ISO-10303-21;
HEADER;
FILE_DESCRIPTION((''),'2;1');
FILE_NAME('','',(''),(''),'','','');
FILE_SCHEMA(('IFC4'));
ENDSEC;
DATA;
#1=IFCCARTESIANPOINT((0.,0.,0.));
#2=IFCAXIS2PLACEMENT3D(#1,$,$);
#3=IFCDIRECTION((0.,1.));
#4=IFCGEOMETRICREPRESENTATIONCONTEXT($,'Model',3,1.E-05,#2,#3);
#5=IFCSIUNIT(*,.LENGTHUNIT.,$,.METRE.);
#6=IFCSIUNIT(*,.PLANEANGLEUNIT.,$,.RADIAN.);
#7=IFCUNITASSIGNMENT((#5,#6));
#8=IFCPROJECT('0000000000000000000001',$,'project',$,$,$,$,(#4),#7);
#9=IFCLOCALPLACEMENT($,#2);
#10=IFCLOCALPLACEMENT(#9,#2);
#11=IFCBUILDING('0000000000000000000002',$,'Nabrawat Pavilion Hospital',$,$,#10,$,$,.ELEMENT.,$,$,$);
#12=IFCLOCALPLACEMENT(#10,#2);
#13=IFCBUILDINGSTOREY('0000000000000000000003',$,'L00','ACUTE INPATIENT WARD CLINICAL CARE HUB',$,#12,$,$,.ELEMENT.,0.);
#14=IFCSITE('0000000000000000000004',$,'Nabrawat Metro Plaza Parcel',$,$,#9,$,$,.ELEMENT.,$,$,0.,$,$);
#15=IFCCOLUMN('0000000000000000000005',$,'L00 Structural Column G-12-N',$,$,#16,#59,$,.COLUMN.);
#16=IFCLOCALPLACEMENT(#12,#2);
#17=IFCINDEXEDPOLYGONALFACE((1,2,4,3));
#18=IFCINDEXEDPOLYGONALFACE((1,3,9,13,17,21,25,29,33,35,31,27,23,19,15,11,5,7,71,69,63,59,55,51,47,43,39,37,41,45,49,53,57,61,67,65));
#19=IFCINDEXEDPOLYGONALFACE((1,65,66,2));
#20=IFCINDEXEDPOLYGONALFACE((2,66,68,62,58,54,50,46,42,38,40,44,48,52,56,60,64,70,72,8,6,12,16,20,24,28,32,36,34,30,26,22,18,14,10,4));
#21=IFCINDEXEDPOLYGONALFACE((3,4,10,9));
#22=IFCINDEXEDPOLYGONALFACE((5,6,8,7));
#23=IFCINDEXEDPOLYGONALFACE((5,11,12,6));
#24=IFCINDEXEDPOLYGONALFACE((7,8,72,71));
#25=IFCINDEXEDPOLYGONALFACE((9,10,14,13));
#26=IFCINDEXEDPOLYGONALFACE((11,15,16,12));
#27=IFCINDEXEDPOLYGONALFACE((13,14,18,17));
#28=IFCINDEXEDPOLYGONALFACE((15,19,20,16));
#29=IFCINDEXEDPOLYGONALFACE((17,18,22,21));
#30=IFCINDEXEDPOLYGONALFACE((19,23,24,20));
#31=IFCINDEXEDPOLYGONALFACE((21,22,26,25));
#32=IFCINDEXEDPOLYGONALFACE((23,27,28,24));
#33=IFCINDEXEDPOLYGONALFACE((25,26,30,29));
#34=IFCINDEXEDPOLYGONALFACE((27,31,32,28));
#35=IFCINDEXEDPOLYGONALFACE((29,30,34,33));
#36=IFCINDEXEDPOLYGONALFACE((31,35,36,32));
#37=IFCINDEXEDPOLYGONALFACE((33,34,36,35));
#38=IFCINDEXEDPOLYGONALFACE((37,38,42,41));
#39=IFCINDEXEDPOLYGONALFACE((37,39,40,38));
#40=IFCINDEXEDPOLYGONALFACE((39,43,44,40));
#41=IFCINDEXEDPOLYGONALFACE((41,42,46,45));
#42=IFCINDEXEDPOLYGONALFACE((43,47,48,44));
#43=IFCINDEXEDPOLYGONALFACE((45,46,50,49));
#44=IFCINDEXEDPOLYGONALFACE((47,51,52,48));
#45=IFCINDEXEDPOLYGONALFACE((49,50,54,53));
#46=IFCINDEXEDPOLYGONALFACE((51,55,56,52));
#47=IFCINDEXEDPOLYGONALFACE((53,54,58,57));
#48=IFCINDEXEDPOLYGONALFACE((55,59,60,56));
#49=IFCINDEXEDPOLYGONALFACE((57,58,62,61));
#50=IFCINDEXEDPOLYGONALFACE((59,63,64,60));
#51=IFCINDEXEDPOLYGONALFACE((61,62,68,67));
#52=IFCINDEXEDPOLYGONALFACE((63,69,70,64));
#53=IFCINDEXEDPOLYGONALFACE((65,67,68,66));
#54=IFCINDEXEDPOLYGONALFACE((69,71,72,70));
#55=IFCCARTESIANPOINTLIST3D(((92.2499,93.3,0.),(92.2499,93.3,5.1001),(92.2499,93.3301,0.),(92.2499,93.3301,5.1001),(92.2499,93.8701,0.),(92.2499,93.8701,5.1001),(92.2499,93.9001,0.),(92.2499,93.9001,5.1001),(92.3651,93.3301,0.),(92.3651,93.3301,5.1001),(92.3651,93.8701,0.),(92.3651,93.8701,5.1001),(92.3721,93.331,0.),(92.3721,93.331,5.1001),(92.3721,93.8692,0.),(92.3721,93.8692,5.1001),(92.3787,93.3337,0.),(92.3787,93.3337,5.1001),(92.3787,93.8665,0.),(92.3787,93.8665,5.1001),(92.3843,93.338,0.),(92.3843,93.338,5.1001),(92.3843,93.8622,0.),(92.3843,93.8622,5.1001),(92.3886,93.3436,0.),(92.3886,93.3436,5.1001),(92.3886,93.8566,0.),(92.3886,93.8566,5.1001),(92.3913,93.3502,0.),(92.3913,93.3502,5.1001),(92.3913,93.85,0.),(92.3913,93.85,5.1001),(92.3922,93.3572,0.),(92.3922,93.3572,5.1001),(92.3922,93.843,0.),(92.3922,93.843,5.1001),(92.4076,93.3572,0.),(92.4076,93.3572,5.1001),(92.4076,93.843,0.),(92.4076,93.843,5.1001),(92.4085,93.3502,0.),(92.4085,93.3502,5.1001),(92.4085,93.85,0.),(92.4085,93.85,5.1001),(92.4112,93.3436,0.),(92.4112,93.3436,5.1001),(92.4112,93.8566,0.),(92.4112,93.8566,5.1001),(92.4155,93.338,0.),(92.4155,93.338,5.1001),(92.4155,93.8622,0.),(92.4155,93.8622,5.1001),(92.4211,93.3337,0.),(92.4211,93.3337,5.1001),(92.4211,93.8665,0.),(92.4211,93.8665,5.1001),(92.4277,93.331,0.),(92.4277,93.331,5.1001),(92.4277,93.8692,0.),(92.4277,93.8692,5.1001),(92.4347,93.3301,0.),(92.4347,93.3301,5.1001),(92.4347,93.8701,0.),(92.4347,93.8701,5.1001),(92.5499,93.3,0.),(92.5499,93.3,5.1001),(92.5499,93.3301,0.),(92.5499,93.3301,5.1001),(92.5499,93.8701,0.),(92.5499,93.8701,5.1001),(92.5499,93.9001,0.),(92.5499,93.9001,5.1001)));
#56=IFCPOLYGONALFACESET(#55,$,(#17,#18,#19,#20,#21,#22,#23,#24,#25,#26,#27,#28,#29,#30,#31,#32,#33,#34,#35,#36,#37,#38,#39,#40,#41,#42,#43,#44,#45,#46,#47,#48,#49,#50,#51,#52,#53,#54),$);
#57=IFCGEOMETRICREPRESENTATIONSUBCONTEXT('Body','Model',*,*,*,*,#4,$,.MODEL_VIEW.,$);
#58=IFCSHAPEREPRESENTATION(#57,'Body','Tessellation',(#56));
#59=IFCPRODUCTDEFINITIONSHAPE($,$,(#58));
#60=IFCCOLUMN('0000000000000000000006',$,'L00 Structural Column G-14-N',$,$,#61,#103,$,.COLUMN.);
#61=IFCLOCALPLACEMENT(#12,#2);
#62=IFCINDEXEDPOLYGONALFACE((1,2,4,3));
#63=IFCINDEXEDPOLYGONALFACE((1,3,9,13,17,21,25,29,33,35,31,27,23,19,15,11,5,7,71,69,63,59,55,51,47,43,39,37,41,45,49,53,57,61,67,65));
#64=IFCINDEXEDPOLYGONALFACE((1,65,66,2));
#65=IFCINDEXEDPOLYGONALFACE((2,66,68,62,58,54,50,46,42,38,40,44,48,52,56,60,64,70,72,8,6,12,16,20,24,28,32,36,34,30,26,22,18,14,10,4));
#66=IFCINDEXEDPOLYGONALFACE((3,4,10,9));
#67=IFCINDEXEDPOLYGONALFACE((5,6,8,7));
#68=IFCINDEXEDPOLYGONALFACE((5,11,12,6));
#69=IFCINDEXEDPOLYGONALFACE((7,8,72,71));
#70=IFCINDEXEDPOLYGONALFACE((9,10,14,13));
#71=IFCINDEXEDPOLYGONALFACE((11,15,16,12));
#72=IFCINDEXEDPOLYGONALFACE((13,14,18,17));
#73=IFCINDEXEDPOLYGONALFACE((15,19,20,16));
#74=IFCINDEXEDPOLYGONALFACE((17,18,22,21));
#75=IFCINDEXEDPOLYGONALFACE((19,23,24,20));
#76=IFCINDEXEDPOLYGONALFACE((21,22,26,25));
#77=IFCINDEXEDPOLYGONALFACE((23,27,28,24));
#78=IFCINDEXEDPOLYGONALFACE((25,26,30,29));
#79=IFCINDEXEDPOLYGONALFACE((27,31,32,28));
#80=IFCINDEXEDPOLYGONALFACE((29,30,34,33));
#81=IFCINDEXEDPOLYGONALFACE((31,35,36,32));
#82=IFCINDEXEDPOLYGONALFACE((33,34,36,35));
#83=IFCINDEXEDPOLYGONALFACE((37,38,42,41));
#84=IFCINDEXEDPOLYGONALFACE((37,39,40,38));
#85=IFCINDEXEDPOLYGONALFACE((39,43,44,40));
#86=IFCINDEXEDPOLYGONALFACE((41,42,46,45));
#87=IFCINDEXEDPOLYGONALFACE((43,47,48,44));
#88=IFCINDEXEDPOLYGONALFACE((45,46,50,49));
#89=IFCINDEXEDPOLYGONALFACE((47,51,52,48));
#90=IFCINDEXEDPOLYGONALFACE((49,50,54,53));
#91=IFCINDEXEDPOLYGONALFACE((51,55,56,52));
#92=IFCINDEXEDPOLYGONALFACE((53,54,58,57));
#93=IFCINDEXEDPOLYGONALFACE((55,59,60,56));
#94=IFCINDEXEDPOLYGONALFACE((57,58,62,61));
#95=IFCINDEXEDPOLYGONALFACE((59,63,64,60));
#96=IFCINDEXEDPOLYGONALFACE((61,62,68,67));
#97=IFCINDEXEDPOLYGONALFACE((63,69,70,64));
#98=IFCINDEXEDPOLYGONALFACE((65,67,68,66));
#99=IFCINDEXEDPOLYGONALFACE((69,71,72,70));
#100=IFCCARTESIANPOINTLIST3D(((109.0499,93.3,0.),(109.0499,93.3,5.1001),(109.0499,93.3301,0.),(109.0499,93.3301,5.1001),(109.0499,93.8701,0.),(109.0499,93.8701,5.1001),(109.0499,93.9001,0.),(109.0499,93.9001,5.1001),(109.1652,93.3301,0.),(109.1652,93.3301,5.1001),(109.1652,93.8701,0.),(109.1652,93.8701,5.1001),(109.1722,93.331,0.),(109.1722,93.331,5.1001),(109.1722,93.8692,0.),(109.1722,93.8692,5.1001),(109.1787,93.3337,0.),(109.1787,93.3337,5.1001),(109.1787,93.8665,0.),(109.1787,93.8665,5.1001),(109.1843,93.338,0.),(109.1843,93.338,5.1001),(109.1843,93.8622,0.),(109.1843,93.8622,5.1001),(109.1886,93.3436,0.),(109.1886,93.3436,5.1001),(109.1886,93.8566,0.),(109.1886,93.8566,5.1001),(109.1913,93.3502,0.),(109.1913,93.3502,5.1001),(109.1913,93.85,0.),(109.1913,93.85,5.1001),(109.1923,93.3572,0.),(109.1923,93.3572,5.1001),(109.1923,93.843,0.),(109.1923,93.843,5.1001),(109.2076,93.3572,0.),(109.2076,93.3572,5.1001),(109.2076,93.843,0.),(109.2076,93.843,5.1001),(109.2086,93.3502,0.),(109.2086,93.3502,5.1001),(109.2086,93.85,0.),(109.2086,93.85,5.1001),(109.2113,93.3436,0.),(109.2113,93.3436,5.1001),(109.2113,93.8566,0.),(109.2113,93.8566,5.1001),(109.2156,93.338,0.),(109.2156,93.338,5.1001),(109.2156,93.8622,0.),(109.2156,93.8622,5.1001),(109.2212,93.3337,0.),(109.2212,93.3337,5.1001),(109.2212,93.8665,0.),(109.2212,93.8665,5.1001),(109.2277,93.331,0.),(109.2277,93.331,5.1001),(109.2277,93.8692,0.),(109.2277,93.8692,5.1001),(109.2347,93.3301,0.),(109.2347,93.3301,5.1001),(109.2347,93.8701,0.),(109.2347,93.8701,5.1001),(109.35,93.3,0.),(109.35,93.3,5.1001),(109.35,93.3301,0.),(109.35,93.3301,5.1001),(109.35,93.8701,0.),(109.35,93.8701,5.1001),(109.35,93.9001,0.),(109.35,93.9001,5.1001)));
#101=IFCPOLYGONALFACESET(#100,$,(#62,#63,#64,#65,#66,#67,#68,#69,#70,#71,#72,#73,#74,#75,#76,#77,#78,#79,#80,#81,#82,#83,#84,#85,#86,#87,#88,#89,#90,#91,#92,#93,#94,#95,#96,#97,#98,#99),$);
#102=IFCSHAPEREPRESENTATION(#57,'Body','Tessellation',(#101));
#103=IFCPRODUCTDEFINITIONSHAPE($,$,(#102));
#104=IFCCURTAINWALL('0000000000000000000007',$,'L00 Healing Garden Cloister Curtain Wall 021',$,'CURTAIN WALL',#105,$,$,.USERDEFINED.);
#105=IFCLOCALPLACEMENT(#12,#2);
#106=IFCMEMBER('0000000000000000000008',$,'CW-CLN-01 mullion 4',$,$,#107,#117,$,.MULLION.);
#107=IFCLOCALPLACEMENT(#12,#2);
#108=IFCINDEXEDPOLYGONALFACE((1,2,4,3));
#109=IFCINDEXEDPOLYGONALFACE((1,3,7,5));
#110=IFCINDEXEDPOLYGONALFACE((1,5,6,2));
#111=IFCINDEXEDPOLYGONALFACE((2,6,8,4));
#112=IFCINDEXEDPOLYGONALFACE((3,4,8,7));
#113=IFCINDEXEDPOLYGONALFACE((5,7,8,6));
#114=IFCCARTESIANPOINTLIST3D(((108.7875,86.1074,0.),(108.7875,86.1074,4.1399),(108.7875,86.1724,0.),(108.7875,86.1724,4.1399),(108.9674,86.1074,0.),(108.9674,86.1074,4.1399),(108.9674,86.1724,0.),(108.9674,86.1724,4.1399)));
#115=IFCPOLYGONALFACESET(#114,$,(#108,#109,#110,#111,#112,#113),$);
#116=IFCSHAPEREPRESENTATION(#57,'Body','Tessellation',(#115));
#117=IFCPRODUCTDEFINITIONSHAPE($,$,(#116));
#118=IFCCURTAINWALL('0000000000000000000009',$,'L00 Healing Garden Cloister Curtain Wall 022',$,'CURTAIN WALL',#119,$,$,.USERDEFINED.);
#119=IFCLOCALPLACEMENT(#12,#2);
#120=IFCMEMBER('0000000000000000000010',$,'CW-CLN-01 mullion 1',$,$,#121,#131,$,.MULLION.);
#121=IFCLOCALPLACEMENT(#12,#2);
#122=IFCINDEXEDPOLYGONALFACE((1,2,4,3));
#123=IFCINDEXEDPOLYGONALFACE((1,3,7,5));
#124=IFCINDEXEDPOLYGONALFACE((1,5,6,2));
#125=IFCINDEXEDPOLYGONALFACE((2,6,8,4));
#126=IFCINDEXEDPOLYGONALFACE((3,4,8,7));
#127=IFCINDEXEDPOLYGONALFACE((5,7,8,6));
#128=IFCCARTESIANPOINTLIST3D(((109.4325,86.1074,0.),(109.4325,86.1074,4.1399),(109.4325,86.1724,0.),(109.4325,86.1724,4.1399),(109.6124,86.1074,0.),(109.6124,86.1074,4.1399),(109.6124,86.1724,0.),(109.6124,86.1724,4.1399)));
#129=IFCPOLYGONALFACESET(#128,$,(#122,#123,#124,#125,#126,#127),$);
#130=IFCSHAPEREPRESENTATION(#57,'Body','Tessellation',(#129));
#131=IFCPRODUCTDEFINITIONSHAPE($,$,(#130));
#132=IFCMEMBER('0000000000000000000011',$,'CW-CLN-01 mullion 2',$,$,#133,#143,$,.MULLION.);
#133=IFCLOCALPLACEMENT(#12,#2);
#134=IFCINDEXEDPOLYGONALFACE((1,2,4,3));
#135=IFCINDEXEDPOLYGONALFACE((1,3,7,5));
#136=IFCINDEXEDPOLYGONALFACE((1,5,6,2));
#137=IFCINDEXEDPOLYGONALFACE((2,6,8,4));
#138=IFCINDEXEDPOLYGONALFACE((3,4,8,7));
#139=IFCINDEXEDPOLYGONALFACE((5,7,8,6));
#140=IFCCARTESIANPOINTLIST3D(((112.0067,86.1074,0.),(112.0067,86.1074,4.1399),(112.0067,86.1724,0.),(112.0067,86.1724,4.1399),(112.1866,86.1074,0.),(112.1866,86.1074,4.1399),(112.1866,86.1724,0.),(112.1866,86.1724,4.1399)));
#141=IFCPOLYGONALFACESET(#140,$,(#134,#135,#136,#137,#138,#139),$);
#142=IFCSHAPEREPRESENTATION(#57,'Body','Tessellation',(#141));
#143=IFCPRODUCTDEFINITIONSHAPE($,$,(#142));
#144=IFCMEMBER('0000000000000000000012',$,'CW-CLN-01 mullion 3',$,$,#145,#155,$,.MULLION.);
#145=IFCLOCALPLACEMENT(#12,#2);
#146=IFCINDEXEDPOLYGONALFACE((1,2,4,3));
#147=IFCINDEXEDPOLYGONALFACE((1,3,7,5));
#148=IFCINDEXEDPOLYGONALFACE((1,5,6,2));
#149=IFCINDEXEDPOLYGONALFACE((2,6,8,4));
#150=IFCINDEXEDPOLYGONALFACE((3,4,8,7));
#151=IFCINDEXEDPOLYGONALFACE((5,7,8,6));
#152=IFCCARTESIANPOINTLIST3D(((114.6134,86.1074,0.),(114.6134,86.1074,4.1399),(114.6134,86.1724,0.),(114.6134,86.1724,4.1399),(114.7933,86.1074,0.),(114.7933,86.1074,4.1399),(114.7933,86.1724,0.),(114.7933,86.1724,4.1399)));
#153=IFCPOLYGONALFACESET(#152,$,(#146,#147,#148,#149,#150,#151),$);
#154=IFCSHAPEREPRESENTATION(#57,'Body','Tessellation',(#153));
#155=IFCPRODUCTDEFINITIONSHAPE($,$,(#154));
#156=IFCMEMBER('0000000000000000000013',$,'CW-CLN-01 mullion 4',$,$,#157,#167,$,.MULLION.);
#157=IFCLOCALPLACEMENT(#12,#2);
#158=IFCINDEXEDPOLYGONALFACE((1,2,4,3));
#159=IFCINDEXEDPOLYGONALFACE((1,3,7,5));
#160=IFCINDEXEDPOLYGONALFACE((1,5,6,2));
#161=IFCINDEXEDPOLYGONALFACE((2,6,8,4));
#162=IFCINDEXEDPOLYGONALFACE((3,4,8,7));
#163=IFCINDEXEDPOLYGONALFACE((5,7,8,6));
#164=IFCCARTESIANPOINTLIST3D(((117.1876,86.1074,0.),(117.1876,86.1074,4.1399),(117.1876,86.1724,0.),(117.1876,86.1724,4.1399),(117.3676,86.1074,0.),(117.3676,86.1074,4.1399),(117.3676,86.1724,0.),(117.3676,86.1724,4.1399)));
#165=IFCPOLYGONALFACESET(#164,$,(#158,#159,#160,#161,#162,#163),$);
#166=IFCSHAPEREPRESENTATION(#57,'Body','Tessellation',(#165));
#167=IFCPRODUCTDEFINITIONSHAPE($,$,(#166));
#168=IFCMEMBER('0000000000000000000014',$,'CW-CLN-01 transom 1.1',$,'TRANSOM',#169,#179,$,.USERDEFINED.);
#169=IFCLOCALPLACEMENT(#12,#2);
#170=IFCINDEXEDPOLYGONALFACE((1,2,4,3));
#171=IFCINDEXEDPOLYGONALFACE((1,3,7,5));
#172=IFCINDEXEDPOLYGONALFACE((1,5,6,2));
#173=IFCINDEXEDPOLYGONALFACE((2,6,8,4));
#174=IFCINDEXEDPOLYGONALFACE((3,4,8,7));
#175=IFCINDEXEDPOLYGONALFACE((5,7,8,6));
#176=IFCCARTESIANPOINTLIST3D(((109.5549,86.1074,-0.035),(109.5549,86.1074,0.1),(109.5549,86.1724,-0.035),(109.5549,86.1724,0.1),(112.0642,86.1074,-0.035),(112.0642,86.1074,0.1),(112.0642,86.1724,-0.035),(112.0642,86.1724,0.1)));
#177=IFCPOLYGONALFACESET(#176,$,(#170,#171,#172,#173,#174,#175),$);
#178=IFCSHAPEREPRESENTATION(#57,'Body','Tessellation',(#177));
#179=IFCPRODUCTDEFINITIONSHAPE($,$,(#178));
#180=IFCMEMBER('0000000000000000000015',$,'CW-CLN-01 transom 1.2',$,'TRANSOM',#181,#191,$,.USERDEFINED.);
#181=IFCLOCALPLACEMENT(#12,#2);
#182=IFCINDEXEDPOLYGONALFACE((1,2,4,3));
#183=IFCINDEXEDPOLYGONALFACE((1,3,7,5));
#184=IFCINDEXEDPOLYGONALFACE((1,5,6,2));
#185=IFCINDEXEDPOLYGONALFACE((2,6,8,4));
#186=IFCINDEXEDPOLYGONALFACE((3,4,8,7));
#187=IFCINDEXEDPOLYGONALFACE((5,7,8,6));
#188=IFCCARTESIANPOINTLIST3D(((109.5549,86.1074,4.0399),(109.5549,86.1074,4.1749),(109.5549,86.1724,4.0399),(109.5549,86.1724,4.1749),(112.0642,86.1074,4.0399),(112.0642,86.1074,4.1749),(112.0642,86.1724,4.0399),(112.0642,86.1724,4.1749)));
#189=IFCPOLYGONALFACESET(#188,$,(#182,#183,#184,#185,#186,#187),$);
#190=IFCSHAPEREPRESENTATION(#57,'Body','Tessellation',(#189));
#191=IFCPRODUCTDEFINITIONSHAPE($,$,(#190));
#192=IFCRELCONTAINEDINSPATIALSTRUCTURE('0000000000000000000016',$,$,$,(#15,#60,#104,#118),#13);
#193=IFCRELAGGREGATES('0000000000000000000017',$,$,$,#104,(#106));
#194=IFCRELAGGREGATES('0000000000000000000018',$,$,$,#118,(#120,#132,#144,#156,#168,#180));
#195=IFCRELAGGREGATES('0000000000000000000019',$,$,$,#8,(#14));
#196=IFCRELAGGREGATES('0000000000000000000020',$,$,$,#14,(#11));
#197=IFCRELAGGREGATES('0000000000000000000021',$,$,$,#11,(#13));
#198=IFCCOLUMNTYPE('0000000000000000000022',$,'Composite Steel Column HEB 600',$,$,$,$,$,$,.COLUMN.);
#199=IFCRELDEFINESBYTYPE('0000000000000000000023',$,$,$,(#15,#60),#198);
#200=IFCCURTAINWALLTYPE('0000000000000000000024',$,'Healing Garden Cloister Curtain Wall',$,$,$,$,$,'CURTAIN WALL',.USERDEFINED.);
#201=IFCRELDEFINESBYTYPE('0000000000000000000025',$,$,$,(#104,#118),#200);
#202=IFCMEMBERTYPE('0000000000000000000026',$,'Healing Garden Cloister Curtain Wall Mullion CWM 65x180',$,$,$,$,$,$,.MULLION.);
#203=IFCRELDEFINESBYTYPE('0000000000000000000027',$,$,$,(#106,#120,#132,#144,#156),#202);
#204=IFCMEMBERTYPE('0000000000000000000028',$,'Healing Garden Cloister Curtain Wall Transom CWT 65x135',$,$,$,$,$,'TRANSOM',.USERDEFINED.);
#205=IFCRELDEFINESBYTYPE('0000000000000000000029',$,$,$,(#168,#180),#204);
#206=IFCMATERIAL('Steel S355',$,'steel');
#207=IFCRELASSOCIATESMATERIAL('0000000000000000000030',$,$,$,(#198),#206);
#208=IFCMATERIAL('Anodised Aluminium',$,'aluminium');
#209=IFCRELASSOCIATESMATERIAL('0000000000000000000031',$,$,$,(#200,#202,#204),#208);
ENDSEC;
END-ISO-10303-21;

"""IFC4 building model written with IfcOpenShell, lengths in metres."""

from ifc_helpers import new_model, si_unit, direction, frame, origin, origin_2d, place, context, subcontext, project, spatial, rectangle, i_section, extrude, material, material_profile, profile_set, type_object, element, aggregate, save


model = new_model("IFC4")

# Units and contexts
model_context = context("Model", 3, precision=1e-05, world=origin(), true_north=direction((0.0, 1.0)))
body_context = subcontext(model_context, "Body", "Model", "MODEL_VIEW")
ifc_project = project(units=[si_unit("LENGTHUNIT", "METRE"), si_unit("PLANEANGLEUNIT", "RADIAN")], contexts=[model_context])

# Site, building, storey
site_placement = place(None, origin())
site = spatial("IfcSite", under=ifc_project, at=site_placement, Name="Nabrawat Metro Plaza Parcel", CompositionType="ELEMENT", RefElevation=0.0)
building_placement = place(site_placement, origin())
building = spatial("IfcBuilding", under=site, at=building_placement, Name="Nabrawat Pavilion Hospital", CompositionType="ELEMENT")
storey_placement = place(building_placement, origin())
storey = spatial("IfcBuildingStorey", under=building, at=storey_placement, Name="L00", Description="ACUTE INPATIENT WARD CLINICAL CARE HUB", CompositionType="ELEMENT", Elevation=0.0)

# Columns
ifc_material_1 = material(Name="Steel S355", Category="steel")
ifc_material_profile_1 = material_profile(ifc_material_1, i_section(OverallWidth=0.3, OverallDepth=0.6001, WebThickness=0.0154, FlangeThickness=0.03, FilletRadius=0.0271, at=origin_2d()), Name="HEB 600")
ifc_profile_set_1 = profile_set([ifc_material_profile_1], Name="Steel S355")
column_type = type_object("IfcColumnType", Name="Composite Steel Column HEB 600", PredefinedType="COLUMN", material=ifc_profile_set_1)
for number, where, z_axis, x_axis, name in (
    (1, (92.3999, 93.6001, 0.0), (0.0, 0.0, 1.0), (1.0, 0.0, 0.0), "L00 Structural Column G-12-N"),
    (2, (109.2, 93.6001, 0.0), (0.0, 0.0, 1.0), (1.0, 0.0, 0.0), "L00 Structural Column G-14-N"),
):
    element("IfcColumn", number, at=place(storey_placement, frame(where, z_axis=z_axis, x_axis=x_axis)), inside=storey, type_object=column_type, Name=name, PredefinedType="COLUMN", context=body_context, shape_type="SweptSolid", body=[
        extrude(i_section(OverallWidth=0.3, OverallDepth=0.6001, WebThickness=0.0154, FlangeThickness=0.03, FilletRadius=0.0271, at=origin_2d()), origin(), (0.0, 0.0, 1.0), 5.1001),
    ])

# Curtain wall, member
ifc_material_2 = material(Name="Anodised Aluminium", Category="aluminium")
curtain_wall_type = type_object("IfcCurtainWallType", Name="Healing Garden Cloister Curtain Wall", ElementType="CURTAIN WALL", PredefinedType="USERDEFINED", material=ifc_material_2)
curtain_wall_1_placement = place(storey_placement, origin())
curtain_wall_1 = element("IfcCurtainWall", 3, at=curtain_wall_1_placement, inside=storey, type_object=curtain_wall_type, Name="L00 Healing Garden Cloister Curtain Wall 021", ObjectType="CURTAIN WALL", PredefinedType="USERDEFINED")
ifc_material_profile_2 = material_profile(ifc_material_2, rectangle(XDim=0.0649, YDim=0.1799, at=origin_2d()), Name="CWM 65x180")
ifc_profile_set_2 = profile_set([ifc_material_profile_2], Name="Anodised Aluminium")
member_type_1 = type_object("IfcMemberType", Name="Healing Garden Cloister Curtain Wall Mullion CWM 65x180", PredefinedType="MULLION", material=ifc_profile_set_2)
member_1_placement = place(storey_placement, frame((108.8774, 86.1399, 0.0), z_axis=(0.0, 0.0, 1.0), x_axis=(0.0, 1.0, 0.0)))
member_1 = element("IfcMember", 4, at=member_1_placement, type_object=member_type_1, Name="CW-CLN-01 mullion 4", PredefinedType="MULLION", context=body_context, shape_type="SweptSolid", body=[
    extrude(rectangle(XDim=0.0649, YDim=0.1799, at=origin_2d()), origin(), (0.0, 0.0, 1.0), 4.1399),
])
aggregate(curtain_wall_1, [member_1])

# Curtain wall, members
curtain_wall_2_placement = place(storey_placement, origin())
curtain_wall_2 = element("IfcCurtainWall", 5, at=curtain_wall_2_placement, inside=storey, type_object=curtain_wall_type, Name="L00 Healing Garden Cloister Curtain Wall 022", ObjectType="CURTAIN WALL", PredefinedType="USERDEFINED")
member_2_placement = place(storey_placement, frame((109.5225, 86.1399, 0.0), z_axis=(0.0, 0.0, 1.0), x_axis=(0.0, 1.0, 0.0)))
member_2 = element("IfcMember", 6, at=member_2_placement, type_object=member_type_1, Name="CW-CLN-01 mullion 1", PredefinedType="MULLION", context=body_context, shape_type="SweptSolid", body=[
    extrude(rectangle(XDim=0.0649, YDim=0.1799, at=origin_2d()), origin(), (0.0, 0.0, 1.0), 4.1399),
])
member_3_placement = place(storey_placement, frame((112.0967, 86.1399, 0.0), z_axis=(0.0, 0.0, 1.0), x_axis=(0.0, 1.0, 0.0)))
member_3 = element("IfcMember", 7, at=member_3_placement, type_object=member_type_1, Name="CW-CLN-01 mullion 2", PredefinedType="MULLION", context=body_context, shape_type="SweptSolid", body=[
    extrude(rectangle(XDim=0.0649, YDim=0.1799, at=origin_2d()), origin(), (0.0, 0.0, 1.0), 4.1399),
])
member_4_placement = place(storey_placement, frame((114.7034, 86.1399, 0.0), z_axis=(0.0, 0.0, 1.0), x_axis=(0.0, 1.0, 0.0)))
member_4 = element("IfcMember", 8, at=member_4_placement, type_object=member_type_1, Name="CW-CLN-01 mullion 3", PredefinedType="MULLION", context=body_context, shape_type="SweptSolid", body=[
    extrude(rectangle(XDim=0.0649, YDim=0.1799, at=origin_2d()), origin(), (0.0, 0.0, 1.0), 4.1399),
])
member_5_placement = place(storey_placement, frame((117.2776, 86.1399, 0.0), z_axis=(0.0, 0.0, 1.0), x_axis=(0.0, 1.0, 0.0)))
member_5 = element("IfcMember", 9, at=member_5_placement, type_object=member_type_1, Name="CW-CLN-01 mullion 4", PredefinedType="MULLION", context=body_context, shape_type="SweptSolid", body=[
    extrude(rectangle(XDim=0.0649, YDim=0.1799, at=origin_2d()), origin(), (0.0, 0.0, 1.0), 4.1399),
])
ifc_material_profile_3 = material_profile(ifc_material_2, rectangle(XDim=0.0649, YDim=0.135, at=origin_2d()), Name="CWT 65x135")
ifc_profile_set_3 = profile_set([ifc_material_profile_3], Name="Anodised Aluminium")
member_type_2 = type_object("IfcMemberType", Name="Healing Garden Cloister Curtain Wall Transom CWT 65x135", ElementType="TRANSOM", PredefinedType="USERDEFINED", material=ifc_profile_set_3)
member_6_placement = place(storey_placement, frame((109.5549, 86.1399, 0.0325), z_axis=(1.0, 0.0, 0.0), x_axis=(0.0, 1.0, 0.0)))
member_6 = element("IfcMember", 10, at=member_6_placement, type_object=member_type_2, Name="CW-CLN-01 transom 1.1", ObjectType="TRANSOM", PredefinedType="USERDEFINED", context=body_context, shape_type="SweptSolid", body=[
    extrude(rectangle(XDim=0.0649, YDim=0.135, at=origin_2d()), origin(), (0.0, 0.0, 1.0), 2.5093),
])
member_7_placement = place(storey_placement, frame((109.5549, 86.1399, 4.1074), z_axis=(1.0, 0.0, 0.0), x_axis=(0.0, 1.0, 0.0)))
member_7 = element("IfcMember", 11, at=member_7_placement, type_object=member_type_2, Name="CW-CLN-01 transom 1.2", ObjectType="TRANSOM", PredefinedType="USERDEFINED", context=body_context, shape_type="SweptSolid", body=[
    extrude(rectangle(XDim=0.0649, YDim=0.135, at=origin_2d()), origin(), (0.0, 0.0, 1.0), 2.5093),
])

aggregate(curtain_wall_2, [member_2, member_3, member_4, member_5, member_6, member_7])

save(model, "model.ifc")
